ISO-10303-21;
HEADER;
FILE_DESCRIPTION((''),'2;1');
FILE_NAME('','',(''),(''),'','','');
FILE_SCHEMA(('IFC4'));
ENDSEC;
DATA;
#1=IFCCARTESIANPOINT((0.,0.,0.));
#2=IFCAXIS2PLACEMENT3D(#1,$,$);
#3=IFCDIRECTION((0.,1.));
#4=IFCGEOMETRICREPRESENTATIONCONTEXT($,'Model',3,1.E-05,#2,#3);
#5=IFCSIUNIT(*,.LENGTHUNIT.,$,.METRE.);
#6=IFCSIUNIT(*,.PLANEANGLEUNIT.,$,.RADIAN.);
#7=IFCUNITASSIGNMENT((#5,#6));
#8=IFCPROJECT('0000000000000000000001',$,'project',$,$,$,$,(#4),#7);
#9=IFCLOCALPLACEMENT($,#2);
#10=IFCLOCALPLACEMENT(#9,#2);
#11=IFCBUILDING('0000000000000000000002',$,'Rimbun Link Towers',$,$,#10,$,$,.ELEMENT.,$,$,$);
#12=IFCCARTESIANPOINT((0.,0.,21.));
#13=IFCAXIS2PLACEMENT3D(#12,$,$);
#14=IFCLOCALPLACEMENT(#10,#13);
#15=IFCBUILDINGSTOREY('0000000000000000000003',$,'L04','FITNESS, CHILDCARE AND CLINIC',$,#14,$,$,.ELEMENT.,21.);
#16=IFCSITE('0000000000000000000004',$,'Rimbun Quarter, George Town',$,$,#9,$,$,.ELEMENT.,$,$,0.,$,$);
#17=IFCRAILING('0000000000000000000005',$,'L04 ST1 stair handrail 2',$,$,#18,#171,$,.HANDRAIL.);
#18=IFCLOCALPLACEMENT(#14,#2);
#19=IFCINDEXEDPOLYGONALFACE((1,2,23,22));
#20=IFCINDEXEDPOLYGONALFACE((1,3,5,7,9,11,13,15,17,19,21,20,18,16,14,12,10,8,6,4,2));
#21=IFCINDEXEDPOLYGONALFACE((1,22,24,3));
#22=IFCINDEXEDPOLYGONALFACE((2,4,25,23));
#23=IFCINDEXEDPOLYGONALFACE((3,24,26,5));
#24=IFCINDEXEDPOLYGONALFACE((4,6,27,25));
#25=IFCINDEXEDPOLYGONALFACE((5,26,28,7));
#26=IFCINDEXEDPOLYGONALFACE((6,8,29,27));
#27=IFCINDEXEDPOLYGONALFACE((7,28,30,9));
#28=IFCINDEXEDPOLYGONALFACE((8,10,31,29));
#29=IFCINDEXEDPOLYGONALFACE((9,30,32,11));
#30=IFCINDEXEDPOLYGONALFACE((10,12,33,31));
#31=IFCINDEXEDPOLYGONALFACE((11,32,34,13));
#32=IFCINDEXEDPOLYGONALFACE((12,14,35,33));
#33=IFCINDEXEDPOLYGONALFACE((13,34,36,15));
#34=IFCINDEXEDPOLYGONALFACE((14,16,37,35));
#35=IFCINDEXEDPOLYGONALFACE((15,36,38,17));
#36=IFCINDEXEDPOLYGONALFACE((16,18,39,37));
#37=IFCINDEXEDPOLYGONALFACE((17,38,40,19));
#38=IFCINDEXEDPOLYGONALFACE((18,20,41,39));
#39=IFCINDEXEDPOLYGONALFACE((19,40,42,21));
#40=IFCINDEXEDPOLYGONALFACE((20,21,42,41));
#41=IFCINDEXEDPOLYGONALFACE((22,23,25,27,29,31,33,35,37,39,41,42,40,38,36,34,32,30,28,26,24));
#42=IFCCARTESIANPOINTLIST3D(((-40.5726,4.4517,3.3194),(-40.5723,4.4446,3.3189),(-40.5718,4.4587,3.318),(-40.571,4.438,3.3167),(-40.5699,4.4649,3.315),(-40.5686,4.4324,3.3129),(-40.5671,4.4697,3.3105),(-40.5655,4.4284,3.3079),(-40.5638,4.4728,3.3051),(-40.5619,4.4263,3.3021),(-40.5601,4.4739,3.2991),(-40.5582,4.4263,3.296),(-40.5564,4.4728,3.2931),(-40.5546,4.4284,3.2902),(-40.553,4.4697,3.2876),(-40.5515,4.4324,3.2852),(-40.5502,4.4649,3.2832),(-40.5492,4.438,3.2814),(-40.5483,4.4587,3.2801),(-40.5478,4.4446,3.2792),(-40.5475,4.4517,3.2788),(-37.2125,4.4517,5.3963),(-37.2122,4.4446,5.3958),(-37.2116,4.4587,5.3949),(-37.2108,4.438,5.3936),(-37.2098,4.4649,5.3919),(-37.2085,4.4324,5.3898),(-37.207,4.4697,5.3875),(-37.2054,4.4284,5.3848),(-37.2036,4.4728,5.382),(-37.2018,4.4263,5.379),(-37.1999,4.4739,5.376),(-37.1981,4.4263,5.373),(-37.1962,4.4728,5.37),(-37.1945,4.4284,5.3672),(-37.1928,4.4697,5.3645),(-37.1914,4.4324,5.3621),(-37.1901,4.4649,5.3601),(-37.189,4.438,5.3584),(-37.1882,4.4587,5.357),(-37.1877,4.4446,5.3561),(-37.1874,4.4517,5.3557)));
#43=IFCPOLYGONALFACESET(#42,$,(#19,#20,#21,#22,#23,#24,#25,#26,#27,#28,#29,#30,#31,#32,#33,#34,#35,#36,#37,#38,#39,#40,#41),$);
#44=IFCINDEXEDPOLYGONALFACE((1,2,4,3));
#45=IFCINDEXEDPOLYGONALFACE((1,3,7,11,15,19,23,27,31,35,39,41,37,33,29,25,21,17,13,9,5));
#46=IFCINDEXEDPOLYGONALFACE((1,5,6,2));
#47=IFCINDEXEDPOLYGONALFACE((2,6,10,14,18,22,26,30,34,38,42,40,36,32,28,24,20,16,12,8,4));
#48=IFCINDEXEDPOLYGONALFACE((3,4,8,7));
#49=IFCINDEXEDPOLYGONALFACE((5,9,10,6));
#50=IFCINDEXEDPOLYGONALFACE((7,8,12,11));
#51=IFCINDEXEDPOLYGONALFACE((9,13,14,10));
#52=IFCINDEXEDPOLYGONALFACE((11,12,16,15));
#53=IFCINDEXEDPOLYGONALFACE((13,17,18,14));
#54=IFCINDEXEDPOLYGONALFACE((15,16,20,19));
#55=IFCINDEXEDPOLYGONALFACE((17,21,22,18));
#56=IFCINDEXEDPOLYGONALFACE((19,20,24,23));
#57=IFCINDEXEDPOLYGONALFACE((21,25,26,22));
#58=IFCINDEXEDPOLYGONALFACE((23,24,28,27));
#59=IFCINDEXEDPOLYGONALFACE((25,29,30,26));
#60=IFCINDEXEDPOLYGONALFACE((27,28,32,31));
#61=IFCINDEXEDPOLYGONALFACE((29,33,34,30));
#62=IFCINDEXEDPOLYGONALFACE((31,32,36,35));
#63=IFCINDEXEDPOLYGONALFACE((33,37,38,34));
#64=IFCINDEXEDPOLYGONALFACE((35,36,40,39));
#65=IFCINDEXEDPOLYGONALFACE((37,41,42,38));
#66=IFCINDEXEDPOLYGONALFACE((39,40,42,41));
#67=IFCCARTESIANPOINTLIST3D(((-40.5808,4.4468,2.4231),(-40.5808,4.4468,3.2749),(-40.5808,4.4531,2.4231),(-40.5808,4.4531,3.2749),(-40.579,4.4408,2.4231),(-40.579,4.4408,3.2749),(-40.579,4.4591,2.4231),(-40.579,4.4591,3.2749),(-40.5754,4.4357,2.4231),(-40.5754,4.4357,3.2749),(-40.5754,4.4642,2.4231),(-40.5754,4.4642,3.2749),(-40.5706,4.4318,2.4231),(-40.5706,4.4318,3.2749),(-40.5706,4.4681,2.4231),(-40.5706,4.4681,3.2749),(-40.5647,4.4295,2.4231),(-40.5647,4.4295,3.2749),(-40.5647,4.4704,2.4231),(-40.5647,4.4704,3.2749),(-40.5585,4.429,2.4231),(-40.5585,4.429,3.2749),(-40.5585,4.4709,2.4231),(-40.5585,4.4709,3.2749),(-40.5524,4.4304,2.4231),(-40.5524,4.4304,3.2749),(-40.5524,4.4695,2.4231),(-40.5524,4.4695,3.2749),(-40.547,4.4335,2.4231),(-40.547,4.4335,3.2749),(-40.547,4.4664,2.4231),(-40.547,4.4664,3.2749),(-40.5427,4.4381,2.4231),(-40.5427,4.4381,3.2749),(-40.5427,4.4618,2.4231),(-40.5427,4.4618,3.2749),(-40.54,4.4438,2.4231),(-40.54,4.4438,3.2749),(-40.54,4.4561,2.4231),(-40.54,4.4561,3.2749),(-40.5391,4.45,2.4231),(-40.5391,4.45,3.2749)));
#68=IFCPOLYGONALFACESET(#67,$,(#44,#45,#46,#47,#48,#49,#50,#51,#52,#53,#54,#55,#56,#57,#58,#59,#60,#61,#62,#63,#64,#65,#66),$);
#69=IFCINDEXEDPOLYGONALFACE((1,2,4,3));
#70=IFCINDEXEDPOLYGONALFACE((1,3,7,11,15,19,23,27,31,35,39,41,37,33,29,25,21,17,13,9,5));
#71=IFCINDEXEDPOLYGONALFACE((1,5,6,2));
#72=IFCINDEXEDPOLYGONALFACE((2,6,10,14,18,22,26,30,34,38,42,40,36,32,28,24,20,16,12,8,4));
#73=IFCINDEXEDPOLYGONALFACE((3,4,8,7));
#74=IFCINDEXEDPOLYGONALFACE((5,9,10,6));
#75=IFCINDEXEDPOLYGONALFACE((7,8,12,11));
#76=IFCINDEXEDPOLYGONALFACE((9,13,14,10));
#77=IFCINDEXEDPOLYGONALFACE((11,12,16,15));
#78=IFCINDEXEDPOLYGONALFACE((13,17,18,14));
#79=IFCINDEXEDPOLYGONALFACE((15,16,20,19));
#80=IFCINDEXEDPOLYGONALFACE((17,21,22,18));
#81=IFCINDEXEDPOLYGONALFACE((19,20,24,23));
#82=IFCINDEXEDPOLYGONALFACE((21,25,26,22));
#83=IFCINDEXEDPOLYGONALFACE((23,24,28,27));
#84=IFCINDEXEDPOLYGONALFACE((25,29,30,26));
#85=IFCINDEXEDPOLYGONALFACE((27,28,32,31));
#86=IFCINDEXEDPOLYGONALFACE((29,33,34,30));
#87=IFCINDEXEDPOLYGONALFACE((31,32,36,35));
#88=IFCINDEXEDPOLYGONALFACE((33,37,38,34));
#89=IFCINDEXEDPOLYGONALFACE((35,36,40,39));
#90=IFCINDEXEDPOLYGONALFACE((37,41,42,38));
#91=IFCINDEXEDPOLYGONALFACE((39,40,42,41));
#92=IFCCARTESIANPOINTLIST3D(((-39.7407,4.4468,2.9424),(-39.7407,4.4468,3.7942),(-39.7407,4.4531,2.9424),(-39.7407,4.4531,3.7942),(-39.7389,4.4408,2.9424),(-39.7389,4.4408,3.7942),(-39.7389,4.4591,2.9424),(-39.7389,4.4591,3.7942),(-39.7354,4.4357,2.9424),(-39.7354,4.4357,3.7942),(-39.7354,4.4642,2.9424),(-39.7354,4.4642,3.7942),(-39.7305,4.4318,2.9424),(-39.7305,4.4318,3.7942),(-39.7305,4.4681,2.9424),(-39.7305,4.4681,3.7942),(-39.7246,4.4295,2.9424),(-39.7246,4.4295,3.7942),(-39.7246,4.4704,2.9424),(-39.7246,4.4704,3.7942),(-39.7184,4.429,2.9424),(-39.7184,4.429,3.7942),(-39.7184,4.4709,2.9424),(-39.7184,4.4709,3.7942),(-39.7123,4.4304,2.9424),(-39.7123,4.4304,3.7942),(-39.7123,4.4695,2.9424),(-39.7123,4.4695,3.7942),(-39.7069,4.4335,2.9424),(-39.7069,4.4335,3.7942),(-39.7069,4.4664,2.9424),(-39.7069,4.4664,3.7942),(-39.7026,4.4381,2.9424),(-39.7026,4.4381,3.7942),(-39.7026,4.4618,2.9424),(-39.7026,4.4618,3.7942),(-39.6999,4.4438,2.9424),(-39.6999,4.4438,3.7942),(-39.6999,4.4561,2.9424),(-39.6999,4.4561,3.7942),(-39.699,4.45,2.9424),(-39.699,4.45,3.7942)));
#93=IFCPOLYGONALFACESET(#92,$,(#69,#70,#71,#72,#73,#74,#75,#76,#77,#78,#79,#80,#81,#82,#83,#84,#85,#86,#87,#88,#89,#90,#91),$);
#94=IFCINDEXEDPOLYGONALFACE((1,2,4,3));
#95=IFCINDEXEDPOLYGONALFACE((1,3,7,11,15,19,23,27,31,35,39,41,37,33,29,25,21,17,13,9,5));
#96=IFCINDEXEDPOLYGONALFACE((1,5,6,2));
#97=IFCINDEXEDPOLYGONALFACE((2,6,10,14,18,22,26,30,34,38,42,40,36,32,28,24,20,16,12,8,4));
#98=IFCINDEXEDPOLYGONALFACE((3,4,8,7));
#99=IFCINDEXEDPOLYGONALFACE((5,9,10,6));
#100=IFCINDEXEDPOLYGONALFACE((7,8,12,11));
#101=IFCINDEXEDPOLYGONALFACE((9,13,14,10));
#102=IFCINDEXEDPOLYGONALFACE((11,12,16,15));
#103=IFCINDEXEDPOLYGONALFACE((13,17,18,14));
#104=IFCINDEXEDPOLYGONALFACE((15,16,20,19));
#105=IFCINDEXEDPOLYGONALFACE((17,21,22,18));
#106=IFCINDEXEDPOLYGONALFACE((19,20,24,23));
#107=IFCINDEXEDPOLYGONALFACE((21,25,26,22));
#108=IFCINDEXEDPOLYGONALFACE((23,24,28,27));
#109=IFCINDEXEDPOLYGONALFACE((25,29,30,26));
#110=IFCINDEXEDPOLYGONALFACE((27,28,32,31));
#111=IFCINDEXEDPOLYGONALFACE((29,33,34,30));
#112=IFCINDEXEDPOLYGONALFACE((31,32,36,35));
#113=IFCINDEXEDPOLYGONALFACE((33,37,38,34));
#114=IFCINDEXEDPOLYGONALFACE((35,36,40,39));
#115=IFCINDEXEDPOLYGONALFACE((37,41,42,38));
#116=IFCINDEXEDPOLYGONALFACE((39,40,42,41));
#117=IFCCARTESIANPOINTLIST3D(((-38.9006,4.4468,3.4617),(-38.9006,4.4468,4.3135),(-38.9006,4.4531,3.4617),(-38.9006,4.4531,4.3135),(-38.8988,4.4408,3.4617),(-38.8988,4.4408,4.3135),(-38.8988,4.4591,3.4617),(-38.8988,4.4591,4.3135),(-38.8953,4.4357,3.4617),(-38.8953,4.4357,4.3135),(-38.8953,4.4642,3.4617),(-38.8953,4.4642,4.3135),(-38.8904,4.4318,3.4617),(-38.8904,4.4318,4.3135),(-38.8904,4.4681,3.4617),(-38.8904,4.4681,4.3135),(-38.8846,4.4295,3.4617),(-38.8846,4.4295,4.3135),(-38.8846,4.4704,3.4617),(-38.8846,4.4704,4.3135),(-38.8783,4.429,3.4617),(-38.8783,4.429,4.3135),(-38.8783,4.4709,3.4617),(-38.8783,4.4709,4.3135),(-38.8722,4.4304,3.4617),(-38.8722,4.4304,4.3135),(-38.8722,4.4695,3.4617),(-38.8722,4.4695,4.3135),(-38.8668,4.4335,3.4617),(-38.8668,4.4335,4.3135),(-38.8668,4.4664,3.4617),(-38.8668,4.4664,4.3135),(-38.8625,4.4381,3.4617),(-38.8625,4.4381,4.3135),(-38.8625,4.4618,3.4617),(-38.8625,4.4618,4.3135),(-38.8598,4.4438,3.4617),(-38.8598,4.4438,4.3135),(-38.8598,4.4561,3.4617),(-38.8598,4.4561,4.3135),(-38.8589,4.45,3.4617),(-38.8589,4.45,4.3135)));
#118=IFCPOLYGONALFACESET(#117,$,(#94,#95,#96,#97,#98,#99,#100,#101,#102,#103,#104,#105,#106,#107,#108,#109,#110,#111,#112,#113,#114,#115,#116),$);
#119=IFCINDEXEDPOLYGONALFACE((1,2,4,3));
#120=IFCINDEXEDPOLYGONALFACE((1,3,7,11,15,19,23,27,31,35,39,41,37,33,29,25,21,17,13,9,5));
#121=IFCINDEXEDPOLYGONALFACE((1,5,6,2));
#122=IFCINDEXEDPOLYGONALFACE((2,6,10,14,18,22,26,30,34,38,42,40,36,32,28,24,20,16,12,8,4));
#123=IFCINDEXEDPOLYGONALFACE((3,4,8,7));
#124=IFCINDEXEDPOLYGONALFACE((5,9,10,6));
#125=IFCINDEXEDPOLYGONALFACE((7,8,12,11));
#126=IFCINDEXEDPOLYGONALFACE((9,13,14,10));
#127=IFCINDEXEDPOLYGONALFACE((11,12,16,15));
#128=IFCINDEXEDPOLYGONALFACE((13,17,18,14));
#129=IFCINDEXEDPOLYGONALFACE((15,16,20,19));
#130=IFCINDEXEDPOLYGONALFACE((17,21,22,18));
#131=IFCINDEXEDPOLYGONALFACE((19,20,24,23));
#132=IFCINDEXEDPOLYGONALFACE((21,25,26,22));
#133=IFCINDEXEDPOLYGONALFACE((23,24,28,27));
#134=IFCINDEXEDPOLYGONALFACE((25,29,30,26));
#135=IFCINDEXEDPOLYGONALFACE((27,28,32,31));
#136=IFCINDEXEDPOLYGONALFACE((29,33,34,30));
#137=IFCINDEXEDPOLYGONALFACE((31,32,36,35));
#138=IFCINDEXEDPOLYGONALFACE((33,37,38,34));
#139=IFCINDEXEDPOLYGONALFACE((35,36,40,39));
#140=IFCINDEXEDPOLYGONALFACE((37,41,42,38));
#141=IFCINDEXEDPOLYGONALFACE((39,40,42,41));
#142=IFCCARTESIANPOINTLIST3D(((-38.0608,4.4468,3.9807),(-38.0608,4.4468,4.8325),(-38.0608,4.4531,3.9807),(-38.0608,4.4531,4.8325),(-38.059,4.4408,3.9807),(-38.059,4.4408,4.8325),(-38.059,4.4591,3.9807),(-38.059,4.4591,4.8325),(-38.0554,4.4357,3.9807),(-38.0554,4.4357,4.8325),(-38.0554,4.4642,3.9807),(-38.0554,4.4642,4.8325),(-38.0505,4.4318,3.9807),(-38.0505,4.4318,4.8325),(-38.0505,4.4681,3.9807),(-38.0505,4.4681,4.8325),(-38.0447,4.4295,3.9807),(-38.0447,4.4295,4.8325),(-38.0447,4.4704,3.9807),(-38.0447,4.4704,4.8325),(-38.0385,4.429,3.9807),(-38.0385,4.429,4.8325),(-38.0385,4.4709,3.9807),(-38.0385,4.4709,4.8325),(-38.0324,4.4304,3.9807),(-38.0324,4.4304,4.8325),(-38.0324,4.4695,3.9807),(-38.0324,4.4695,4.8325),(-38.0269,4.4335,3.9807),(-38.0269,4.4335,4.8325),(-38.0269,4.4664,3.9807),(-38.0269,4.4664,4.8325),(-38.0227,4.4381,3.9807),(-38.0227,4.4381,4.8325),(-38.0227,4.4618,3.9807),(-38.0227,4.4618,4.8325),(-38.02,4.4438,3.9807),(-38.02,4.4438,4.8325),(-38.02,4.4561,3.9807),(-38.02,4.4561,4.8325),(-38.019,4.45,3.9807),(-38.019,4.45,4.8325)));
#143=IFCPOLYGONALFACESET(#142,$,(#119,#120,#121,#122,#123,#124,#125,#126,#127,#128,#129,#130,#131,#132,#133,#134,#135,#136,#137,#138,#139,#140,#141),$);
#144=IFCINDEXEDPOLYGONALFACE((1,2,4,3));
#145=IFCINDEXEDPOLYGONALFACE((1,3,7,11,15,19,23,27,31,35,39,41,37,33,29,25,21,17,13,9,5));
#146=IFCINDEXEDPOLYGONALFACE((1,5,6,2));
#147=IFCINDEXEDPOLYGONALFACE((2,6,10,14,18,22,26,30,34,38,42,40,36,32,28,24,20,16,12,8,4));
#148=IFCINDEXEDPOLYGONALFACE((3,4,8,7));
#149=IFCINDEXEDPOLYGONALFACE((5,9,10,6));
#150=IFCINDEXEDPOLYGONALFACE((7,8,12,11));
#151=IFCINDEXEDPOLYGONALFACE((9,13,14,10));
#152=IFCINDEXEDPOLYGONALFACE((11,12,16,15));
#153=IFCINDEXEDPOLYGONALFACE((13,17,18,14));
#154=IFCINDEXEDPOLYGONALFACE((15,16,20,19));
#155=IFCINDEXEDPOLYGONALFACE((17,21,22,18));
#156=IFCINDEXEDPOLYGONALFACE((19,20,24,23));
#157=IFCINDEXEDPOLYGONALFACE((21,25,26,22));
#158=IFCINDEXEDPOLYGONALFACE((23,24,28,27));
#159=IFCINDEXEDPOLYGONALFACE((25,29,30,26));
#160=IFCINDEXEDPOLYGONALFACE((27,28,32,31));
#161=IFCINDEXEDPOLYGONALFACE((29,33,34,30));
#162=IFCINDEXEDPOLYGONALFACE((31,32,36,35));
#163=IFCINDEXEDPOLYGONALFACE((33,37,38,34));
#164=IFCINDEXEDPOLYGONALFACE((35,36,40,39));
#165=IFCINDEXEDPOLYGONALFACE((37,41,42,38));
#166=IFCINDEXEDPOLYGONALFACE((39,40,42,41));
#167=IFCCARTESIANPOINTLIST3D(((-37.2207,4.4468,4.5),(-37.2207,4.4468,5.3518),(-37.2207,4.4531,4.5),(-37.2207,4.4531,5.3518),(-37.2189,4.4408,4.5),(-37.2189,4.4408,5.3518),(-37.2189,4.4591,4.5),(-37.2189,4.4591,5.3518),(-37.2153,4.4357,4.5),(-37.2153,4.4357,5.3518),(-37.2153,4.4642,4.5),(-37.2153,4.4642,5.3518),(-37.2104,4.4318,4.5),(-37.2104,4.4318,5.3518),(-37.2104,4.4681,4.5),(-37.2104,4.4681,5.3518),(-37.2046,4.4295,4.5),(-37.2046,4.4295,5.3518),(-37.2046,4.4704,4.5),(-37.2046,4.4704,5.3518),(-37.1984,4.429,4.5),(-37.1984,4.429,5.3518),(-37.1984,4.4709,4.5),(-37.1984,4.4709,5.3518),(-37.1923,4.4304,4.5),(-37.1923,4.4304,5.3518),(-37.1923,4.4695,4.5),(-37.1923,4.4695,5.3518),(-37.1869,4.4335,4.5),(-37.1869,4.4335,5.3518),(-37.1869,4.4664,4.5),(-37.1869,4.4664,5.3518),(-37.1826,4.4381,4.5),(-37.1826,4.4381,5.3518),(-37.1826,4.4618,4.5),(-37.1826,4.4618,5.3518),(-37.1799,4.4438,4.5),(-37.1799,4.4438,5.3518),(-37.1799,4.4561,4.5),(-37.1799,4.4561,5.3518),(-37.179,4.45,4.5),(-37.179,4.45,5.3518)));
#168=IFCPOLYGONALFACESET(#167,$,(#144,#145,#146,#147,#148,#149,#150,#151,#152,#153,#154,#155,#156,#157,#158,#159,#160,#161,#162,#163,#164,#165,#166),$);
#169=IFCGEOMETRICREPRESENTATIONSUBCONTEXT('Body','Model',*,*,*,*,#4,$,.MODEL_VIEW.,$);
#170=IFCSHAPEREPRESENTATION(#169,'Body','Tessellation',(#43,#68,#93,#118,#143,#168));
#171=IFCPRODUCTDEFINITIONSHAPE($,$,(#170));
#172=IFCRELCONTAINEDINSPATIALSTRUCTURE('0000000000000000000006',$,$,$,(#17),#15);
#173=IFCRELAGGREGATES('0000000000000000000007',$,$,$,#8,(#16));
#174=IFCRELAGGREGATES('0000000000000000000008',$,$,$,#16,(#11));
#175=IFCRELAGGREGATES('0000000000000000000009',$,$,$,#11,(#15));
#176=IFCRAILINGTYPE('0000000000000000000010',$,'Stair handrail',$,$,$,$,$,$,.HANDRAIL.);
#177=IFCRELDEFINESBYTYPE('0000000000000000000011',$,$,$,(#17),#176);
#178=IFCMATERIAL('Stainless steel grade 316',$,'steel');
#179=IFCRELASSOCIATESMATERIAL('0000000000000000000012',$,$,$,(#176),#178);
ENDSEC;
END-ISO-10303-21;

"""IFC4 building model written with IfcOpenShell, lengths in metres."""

from ifc_helpers import new_model, si_unit, direction, frame, origin, origin_2d, place, context, subcontext, project, spatial, circle, extrude, material, type_object, element, save


model = new_model("IFC4")

# Units and contexts
model_context = context("Model", 3, precision=1e-05, world=origin(), true_north=direction((0.0, 1.0)))
body_context = subcontext(model_context, "Body", "Model", "MODEL_VIEW")
ifc_project = project(units=[si_unit("LENGTHUNIT", "METRE"), si_unit("PLANEANGLEUNIT", "RADIAN")], contexts=[model_context])

# Site, building, storey
site_placement = place(None, origin())
site = spatial("IfcSite", under=ifc_project, at=site_placement, Name="Rimbun Quarter, George Town", CompositionType="ELEMENT", RefElevation=0.0)
building_placement = place(site_placement, origin())
building = spatial("IfcBuilding", under=site, at=building_placement, Name="Rimbun Link Towers", CompositionType="ELEMENT")
storey_placement = place(building_placement, frame((0.0, 0.0, 21.0)))
storey = spatial("IfcBuildingStorey", under=building, at=storey_placement, Name="L04", Description="FITNESS, CHILDCARE AND CLINIC", CompositionType="ELEMENT", Elevation=21.0)

# Railing
ifc_material_1 = material(Name="Stainless steel grade 316", Category="steel")
railing_type_1 = type_object("IfcRailingType", Name="Stair handrail", PredefinedType="HANDRAIL", material=ifc_material_1)
railing_1_placement = place(storey_placement, frame((-40.5601, 4.45, 2.4231)))
element("IfcRailing", 1, at=railing_1_placement, inside=storey, type_object=railing_type_1, Name="L04 ST1 stair handrail 2", PredefinedType="HANDRAIL", context=body_context, shape_type="SweptSolid", body=[
    extrude(circle(Radius=0.0239, at=origin_2d()), frame((0.0, 0.0, 0.876), z_axis=(0.850623, 0.0, 0.525776), x_axis=(0.0, 1.0, 0.0)), (0.0, 0.0, 1.0), 3.9502),
    extrude(circle(Radius=0.021, at=origin_2d()), origin(), (0.0, 0.0, 1.0), 0.8518),
    extrude(circle(Radius=0.021, at=origin_2d()), frame((0.8401, 0.0, 0.5193)), (0.0, 0.0, 1.0), 0.8518),
    extrude(circle(Radius=0.021, at=origin_2d()), frame((1.6802, 0.0, 1.0386)), (0.0, 0.0, 1.0), 0.8518),
    extrude(circle(Radius=0.021, at=origin_2d()), frame((2.52, 0.0, 1.5576)), (0.0, 0.0, 1.0), 0.8518),
    extrude(circle(Radius=0.021, at=origin_2d()), frame((3.3601, 0.0, 2.0769)), (0.0, 0.0, 1.0), 0.8518),
])

save(model, "model.ifc")
